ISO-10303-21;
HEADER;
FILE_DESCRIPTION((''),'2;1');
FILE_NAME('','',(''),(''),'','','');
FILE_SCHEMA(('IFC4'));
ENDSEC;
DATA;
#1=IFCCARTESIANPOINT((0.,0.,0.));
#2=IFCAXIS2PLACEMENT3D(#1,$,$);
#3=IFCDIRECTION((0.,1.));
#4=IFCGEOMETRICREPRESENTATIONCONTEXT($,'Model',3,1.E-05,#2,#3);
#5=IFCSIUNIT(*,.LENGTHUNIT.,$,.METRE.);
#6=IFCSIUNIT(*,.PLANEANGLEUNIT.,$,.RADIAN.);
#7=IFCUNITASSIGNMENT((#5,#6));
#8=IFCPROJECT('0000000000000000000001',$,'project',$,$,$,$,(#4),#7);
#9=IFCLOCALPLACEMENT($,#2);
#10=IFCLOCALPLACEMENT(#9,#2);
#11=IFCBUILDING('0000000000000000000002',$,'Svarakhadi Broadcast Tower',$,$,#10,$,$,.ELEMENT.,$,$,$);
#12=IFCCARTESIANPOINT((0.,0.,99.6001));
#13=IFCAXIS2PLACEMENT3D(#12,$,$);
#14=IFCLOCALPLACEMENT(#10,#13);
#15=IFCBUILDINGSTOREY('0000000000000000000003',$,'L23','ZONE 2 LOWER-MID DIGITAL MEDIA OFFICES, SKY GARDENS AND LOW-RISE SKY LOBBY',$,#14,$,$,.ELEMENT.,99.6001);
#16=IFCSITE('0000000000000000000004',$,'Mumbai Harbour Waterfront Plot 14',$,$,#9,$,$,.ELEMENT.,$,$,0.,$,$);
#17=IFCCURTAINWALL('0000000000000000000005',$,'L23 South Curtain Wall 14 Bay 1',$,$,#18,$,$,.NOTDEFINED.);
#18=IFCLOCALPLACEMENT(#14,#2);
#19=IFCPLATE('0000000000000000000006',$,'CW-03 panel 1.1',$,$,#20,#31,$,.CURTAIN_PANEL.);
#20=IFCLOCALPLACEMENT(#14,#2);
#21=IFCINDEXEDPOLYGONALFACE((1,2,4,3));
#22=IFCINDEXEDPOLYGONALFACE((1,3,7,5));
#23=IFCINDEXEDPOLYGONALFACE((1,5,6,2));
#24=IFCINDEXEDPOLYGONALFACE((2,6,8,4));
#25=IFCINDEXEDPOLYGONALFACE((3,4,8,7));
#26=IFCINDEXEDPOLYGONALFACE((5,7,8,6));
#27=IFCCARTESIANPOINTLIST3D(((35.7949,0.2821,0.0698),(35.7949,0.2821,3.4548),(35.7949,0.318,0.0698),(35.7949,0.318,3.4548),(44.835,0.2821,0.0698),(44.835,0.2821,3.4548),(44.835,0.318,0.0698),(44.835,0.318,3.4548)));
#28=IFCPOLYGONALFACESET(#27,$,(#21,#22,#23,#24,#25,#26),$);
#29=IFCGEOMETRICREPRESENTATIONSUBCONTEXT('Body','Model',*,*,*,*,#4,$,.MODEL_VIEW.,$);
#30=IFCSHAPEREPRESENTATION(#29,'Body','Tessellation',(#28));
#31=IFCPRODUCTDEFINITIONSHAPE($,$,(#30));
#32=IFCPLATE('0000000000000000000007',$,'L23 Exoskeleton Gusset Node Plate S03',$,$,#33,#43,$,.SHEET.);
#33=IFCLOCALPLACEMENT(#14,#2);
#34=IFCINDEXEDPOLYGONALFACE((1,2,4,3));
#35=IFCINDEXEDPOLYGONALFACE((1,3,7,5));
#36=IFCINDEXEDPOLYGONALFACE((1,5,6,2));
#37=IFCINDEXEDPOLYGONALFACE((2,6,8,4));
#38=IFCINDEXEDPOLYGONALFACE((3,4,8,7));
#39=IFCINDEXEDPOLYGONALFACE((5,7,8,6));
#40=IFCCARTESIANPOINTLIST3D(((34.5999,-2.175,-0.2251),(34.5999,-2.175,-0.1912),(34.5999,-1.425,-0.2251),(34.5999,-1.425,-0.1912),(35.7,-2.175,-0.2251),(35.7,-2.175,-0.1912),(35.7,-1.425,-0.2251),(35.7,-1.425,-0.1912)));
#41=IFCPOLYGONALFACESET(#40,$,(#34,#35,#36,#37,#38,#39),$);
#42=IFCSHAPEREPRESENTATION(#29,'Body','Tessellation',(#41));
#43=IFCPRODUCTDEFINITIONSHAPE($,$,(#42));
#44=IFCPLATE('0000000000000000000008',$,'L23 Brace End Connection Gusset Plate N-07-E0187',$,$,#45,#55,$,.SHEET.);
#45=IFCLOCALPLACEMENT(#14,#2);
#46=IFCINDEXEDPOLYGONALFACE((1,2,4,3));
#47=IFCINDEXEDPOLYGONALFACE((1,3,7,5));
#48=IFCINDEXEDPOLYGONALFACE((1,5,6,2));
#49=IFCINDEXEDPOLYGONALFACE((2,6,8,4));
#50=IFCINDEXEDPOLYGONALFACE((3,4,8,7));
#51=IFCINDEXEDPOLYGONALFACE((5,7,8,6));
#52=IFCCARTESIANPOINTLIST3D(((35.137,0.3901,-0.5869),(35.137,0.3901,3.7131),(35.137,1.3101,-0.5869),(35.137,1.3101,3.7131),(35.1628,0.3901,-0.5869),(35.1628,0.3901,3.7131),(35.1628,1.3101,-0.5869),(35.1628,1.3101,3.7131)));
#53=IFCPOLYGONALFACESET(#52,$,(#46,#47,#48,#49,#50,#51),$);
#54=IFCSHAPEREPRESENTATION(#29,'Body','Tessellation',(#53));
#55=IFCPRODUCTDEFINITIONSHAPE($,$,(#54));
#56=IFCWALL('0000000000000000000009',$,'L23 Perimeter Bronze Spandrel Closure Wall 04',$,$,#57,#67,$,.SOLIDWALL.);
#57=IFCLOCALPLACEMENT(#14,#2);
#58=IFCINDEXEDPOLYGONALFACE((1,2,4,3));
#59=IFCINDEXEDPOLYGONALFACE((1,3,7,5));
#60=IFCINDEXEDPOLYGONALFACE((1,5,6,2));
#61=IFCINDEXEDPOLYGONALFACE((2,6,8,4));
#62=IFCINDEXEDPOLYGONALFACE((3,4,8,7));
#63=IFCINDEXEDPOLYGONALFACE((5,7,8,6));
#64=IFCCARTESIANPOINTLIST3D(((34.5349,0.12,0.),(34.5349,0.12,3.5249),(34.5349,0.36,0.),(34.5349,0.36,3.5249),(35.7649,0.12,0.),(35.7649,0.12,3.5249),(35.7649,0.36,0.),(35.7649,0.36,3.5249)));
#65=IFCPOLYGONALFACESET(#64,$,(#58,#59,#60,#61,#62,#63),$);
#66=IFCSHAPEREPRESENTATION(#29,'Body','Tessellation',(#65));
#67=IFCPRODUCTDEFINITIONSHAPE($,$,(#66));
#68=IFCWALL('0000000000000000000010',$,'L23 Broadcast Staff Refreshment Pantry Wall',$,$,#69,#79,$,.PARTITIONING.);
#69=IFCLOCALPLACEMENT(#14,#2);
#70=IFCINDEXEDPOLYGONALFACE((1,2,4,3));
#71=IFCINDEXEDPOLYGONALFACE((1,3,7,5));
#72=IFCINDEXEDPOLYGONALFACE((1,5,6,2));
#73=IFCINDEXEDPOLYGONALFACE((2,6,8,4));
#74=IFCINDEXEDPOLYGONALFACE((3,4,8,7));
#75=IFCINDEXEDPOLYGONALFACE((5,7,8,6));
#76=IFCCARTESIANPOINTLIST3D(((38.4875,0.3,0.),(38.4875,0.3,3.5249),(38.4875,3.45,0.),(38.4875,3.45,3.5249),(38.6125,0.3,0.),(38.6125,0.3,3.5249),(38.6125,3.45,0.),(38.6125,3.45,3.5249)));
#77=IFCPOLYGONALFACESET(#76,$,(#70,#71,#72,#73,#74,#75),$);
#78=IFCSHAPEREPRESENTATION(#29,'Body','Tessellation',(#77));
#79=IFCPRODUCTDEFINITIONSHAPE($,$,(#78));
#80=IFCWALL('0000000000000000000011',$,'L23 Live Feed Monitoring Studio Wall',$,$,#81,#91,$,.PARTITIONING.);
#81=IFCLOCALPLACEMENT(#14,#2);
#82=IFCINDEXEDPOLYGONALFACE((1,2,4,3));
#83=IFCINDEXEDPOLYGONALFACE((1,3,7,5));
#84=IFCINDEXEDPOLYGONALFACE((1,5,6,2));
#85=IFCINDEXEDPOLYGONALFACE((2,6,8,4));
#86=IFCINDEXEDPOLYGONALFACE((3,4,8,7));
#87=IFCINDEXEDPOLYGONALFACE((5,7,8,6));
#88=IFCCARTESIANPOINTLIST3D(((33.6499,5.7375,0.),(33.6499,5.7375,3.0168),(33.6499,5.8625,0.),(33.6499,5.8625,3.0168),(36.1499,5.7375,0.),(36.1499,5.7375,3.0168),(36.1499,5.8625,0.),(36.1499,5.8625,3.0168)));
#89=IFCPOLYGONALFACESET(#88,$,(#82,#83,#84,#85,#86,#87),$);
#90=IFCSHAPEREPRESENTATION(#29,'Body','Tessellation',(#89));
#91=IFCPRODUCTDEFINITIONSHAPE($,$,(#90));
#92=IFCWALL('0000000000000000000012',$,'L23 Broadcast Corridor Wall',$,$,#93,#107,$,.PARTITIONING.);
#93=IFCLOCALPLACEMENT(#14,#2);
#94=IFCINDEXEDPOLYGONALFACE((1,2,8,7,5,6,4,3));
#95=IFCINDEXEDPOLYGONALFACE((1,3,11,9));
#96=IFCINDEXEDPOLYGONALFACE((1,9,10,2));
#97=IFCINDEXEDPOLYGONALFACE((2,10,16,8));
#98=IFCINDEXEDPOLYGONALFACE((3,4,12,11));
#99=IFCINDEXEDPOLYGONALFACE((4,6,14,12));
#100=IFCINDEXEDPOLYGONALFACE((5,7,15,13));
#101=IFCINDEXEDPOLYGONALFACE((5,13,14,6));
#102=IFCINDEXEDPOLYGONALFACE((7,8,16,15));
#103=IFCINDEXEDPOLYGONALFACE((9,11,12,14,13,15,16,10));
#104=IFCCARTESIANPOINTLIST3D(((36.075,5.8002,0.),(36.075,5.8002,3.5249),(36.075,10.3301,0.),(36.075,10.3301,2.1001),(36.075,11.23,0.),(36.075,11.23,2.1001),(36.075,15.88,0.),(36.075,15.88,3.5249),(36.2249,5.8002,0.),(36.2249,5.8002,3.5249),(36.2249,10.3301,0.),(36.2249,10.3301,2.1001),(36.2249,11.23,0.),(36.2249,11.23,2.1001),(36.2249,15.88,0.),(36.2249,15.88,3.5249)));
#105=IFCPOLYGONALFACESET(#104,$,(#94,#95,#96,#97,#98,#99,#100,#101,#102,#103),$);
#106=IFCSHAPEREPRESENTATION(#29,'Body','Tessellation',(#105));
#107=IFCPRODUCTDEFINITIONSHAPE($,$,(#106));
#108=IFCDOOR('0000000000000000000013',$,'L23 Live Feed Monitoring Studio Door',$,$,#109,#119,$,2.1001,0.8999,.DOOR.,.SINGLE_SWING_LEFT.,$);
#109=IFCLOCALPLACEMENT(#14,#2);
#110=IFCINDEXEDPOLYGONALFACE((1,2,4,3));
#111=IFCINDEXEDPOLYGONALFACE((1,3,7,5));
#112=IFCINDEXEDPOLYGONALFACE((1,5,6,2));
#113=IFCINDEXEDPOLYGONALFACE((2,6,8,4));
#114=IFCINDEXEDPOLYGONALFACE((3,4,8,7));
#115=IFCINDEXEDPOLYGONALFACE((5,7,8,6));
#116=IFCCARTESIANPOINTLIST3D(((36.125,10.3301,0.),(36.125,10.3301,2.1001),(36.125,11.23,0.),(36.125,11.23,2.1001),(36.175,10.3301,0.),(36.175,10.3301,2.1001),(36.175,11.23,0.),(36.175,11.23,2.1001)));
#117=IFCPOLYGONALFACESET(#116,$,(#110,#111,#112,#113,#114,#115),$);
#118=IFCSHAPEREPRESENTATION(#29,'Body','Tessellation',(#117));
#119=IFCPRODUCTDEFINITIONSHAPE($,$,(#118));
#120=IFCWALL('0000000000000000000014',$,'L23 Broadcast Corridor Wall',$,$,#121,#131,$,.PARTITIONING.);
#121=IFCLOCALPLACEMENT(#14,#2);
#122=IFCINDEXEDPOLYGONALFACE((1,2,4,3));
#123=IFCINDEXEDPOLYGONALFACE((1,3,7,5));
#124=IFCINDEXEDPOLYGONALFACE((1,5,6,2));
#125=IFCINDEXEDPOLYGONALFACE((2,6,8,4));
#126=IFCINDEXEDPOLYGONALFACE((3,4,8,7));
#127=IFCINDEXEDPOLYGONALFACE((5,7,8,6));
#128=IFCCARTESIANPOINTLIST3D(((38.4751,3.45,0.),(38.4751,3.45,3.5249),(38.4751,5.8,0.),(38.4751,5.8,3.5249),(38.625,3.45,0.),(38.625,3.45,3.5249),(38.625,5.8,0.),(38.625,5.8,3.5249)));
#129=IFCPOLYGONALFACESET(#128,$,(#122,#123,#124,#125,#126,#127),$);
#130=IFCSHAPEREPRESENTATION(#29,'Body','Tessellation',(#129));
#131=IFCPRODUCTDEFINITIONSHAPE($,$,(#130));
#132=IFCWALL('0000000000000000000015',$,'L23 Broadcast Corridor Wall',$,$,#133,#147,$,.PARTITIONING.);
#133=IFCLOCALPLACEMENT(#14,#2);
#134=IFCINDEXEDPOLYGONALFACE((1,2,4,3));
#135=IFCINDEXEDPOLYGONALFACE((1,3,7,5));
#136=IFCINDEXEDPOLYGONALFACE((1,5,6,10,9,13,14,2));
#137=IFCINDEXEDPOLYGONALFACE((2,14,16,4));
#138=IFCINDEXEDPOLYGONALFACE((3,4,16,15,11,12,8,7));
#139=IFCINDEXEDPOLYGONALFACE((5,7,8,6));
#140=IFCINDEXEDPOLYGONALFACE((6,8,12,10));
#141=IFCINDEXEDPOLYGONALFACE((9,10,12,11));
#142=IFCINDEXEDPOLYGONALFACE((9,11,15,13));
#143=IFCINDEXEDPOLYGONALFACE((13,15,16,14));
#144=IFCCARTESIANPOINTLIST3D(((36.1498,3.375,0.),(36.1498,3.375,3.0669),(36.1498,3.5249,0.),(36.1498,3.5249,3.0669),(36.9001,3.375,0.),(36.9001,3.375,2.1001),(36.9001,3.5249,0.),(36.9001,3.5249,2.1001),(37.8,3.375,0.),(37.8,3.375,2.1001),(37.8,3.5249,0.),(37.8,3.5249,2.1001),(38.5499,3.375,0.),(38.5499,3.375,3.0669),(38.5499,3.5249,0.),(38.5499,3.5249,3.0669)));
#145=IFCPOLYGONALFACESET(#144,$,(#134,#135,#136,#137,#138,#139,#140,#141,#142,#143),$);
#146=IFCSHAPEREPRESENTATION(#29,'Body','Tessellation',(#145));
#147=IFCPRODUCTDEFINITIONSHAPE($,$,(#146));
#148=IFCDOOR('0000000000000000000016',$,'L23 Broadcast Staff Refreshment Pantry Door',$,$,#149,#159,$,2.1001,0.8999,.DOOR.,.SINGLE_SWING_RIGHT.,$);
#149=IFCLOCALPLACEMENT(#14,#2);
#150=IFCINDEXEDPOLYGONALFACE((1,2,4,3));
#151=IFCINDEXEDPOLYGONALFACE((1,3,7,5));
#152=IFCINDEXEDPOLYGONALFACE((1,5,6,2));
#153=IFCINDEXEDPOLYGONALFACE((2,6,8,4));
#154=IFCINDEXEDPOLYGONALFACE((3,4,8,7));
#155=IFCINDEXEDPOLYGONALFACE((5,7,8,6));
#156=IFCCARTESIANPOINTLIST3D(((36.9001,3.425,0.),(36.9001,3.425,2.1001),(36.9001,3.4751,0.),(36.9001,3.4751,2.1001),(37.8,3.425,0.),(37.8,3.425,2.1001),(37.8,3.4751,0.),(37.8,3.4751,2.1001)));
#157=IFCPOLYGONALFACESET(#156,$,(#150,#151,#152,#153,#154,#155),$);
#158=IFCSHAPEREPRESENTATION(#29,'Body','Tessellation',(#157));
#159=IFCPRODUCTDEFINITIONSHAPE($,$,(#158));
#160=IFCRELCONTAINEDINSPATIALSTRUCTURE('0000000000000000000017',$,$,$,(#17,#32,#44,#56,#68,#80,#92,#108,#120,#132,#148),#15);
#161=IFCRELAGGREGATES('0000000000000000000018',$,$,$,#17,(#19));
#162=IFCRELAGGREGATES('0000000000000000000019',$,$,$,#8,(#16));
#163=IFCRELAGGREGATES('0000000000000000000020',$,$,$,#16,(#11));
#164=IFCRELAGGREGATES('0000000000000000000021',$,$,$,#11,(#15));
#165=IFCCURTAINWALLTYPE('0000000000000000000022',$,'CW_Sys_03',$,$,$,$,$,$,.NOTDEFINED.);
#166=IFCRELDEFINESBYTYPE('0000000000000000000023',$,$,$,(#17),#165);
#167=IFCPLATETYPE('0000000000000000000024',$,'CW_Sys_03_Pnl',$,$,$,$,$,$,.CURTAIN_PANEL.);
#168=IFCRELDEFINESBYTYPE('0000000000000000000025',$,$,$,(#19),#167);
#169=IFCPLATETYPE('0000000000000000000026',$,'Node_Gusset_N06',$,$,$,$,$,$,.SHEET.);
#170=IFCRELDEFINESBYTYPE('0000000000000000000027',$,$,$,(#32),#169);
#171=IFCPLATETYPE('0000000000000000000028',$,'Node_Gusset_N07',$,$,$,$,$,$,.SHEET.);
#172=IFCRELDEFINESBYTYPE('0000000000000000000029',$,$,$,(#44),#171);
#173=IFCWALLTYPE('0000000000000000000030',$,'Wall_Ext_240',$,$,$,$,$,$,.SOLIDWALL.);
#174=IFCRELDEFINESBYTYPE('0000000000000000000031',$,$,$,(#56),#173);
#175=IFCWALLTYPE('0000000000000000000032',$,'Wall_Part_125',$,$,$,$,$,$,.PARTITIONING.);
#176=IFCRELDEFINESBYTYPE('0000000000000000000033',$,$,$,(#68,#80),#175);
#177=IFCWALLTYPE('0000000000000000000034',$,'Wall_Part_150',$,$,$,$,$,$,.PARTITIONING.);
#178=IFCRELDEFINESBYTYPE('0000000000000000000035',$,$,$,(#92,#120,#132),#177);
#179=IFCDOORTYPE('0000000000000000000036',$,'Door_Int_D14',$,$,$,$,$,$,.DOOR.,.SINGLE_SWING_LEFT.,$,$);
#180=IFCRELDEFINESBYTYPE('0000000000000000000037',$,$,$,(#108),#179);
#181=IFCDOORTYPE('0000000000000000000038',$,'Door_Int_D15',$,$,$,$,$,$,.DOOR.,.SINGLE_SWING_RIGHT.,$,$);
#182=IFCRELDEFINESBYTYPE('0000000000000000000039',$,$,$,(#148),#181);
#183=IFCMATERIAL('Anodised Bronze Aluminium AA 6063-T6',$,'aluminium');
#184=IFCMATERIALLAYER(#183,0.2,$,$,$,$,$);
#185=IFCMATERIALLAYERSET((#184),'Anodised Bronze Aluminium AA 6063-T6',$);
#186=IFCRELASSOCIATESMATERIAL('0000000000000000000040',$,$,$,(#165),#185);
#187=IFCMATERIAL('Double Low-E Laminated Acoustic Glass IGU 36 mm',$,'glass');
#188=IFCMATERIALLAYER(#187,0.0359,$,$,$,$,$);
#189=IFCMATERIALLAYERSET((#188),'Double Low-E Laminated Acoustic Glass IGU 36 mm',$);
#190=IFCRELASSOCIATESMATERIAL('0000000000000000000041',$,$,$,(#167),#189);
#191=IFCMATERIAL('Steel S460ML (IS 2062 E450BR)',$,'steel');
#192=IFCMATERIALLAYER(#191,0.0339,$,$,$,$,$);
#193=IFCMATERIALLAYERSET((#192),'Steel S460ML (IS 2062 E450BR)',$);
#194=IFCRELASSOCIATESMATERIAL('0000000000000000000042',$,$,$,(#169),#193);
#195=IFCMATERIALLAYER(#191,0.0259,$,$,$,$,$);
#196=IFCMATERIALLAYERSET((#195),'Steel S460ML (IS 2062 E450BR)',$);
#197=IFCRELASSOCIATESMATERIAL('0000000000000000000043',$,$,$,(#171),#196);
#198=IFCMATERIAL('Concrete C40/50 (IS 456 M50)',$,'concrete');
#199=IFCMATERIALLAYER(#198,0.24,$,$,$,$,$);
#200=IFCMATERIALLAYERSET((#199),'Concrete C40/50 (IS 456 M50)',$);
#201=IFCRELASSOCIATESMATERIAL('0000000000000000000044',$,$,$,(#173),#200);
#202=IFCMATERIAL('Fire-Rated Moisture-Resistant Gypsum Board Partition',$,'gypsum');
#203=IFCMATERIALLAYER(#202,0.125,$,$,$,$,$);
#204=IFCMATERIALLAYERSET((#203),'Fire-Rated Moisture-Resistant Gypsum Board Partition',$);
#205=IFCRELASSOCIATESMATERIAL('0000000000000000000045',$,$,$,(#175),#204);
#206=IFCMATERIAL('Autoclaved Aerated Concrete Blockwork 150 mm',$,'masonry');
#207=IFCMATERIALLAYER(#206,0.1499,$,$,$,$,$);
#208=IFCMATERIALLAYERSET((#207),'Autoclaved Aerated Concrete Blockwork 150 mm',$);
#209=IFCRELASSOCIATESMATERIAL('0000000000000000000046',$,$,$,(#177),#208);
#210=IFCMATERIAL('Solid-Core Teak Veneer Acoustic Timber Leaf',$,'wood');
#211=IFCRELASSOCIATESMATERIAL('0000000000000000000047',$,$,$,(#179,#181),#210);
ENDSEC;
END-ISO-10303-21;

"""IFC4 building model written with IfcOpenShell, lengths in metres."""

from ifc_helpers import new_model, si_unit, direction, frame, frame_2d, origin, origin_2d, place, context, subcontext, project, spatial, rectangle, extrude, material, layer, layer_set, type_object, element, fill, aggregate, save


model = new_model("IFC4")

# Units and contexts
model_context = context("Model", 3, precision=1e-05, world=origin(), true_north=direction((0.0, 1.0)))
body_context = subcontext(model_context, "Body", "Model", "MODEL_VIEW")
ifc_project = project(units=[si_unit("LENGTHUNIT", "METRE"), si_unit("PLANEANGLEUNIT", "RADIAN")], contexts=[model_context])

# Site, building, storey
site_placement = place(None, origin())
site = spatial("IfcSite", under=ifc_project, at=site_placement, Name="Mumbai Harbour Waterfront Plot 14", CompositionType="ELEMENT", RefElevation=0.0)
building_placement = place(site_placement, origin())
building = spatial("IfcBuilding", under=site, at=building_placement, Name="Svarakhadi Broadcast Tower", CompositionType="ELEMENT")
storey_placement = place(building_placement, frame((0.0, 0.0, 99.6001)))
storey = spatial("IfcBuildingStorey", under=building, at=storey_placement, Name="L23", Description="ZONE 2 LOWER-MID DIGITAL MEDIA OFFICES, SKY GARDENS AND LOW-RISE SKY LOBBY", CompositionType="ELEMENT", Elevation=99.6001)

# Shared definitions
ifc_material_1 = material(Name="Steel S460ML (IS 2062 E450BR)", Category="steel")

# Curtain wall
ifc_material_2 = material(Name="Anodised Bronze Aluminium AA 6063-T6", Category="aluminium")
ifc_layer_1 = layer(ifc_material_2, 0.2)
ifc_layer_set_1 = layer_set([ifc_layer_1], Name="Anodised Bronze Aluminium AA 6063-T6")
curtain_wall_type = type_object("IfcCurtainWallType", Name="CW_Sys_03", PredefinedType="NOTDEFINED", material=ifc_layer_set_1)
curtain_wall_1_placement = place(storey_placement, origin())
curtain_wall_1 = element("IfcCurtainWall", 1, at=curtain_wall_1_placement, inside=storey, type_object=curtain_wall_type, Name="L23 South Curtain Wall 14 Bay 1", PredefinedType="NOTDEFINED")

# Plate
ifc_material_3 = material(Name="Double Low-E Laminated Acoustic Glass IGU 36 mm", Category="glass")
ifc_layer_2 = layer(ifc_material_3, 0.0359)
ifc_layer_set_2 = layer_set([ifc_layer_2], Name="Double Low-E Laminated Acoustic Glass IGU 36 mm")
plate_type_1 = type_object("IfcPlateType", Name="CW_Sys_03_Pnl", PredefinedType="CURTAIN_PANEL", material=ifc_layer_set_2)
plate_1_placement = place(storey_placement, frame((40.3149, 0.3, 0.0698), z_axis=(0.0, 0.0, 1.0), x_axis=(-1.0, 0.0, 0.0)))
plate_1 = element("IfcPlate", 2, at=plate_1_placement, type_object=plate_type_1, Name="CW-03 panel 1.1", PredefinedType="CURTAIN_PANEL", context=body_context, shape_type="SweptSolid", body=[
    extrude(rectangle(XDim=9.04, YDim=0.0359, at=origin_2d()), origin(), (0.0, 0.0, 1.0), 3.385),
])
aggregate(curtain_wall_1, [plate_1])

# Plates
ifc_layer_3 = layer(ifc_material_1, 0.0339)
ifc_layer_set_3 = layer_set([ifc_layer_3], Name="Steel S460ML (IS 2062 E450BR)")
plate_type_2 = type_object("IfcPlateType", Name="Node_Gusset_N06", PredefinedType="SHEET", material=ifc_layer_set_3)
plate_2_placement = place(storey_placement, frame((35.1499, -1.8, -0.2251), z_axis=(0.0, 0.0, 1.0), x_axis=(1.0, 0.0, 0.0)))
element("IfcPlate", 3, at=plate_2_placement, inside=storey, type_object=plate_type_2, Name="L23 Exoskeleton Gusset Node Plate S03", PredefinedType="SHEET", context=body_context, shape_type="SweptSolid", body=[
    extrude(rectangle(XDim=1.1001, YDim=0.75, at=origin_2d()), origin(), (0.0, 0.0, 1.0), 0.0339),
])
ifc_layer_4 = layer(ifc_material_1, 0.0259)
ifc_layer_set_4 = layer_set([ifc_layer_4], Name="Steel S460ML (IS 2062 E450BR)")
plate_type_3 = type_object("IfcPlateType", Name="Node_Gusset_N07", PredefinedType="SHEET", material=ifc_layer_set_4)
plate_3_placement = place(storey_placement, frame((35.1499, 0.8501, -0.5869), z_axis=(0.0, 0.0, 1.0), x_axis=(0.0, 1.0, 0.0)))
element("IfcPlate", 4, at=plate_3_placement, inside=storey, type_object=plate_type_3, Name="L23 Brace End Connection Gusset Plate N-07-E0187", PredefinedType="SHEET", context=body_context, shape_type="SweptSolid", body=[
    extrude(rectangle(XDim=0.9199, YDim=0.0259, at=origin_2d()), origin(), (0.0, 0.0, 1.0), 4.3),
])

# Walls
ifc_material_4 = material(Name="Concrete C40/50 (IS 456 M50)", Category="concrete")
ifc_layer_5 = layer(ifc_material_4, 0.24)
ifc_layer_set_5 = layer_set([ifc_layer_5], Name="Concrete C40/50 (IS 456 M50)")
wall_type_1 = type_object("IfcWallType", Name="Wall_Ext_240", PredefinedType="SOLIDWALL", material=ifc_layer_set_5)
wall_1_placement = place(storey_placement, frame((35.7649, 0.24, 0.0), z_axis=(0.0, 0.0, 1.0), x_axis=(-1.0, 0.0, 0.0)))
element("IfcWall", 5, at=wall_1_placement, inside=storey, type_object=wall_type_1, Name="L23 Perimeter Bronze Spandrel Closure Wall 04", PredefinedType="SOLIDWALL", context=body_context, shape_type="SweptSolid", body=[
    extrude(rectangle(XDim=1.23, YDim=0.24, at=frame_2d((0.615, 0.0))), origin(), (0.0, 0.0, 1.0), 3.5249),
])
ifc_material_5 = material(Name="Fire-Rated Moisture-Resistant Gypsum Board Partition", Category="gypsum")
ifc_layer_6 = layer(ifc_material_5, 0.125)
ifc_layer_set_6 = layer_set([ifc_layer_6], Name="Fire-Rated Moisture-Resistant Gypsum Board Partition")
wall_type_2 = type_object("IfcWallType", Name="Wall_Part_125", PredefinedType="PARTITIONING", material=ifc_layer_set_6)
wall_2_placement = place(storey_placement, frame((38.55, 0.3, 0.0), z_axis=(0.0, 0.0, 1.0), x_axis=(0.0, 1.0, 0.0)))
element("IfcWall", 6, at=wall_2_placement, inside=storey, type_object=wall_type_2, Name="L23 Broadcast Staff Refreshment Pantry Wall", PredefinedType="PARTITIONING", context=body_context, shape_type="SweptSolid", body=[
    extrude(rectangle(XDim=3.1499, YDim=0.125, at=frame_2d((1.575, 0.0))), origin(), (0.0, 0.0, 1.0), 3.5249),
])
wall_3_placement = place(storey_placement, frame((33.6499, 5.8, 0.0), z_axis=(0.0, 0.0, 1.0), x_axis=(1.0, 0.0, 0.0)))
element("IfcWall", 7, at=wall_3_placement, inside=storey, type_object=wall_type_2, Name="L23 Live Feed Monitoring Studio Wall", PredefinedType="PARTITIONING", context=body_context, shape_type="SweptSolid", body=[
    extrude(rectangle(XDim=2.5, YDim=0.125, at=frame_2d((1.25, 0.0))), origin(), (0.0, 0.0, 1.0), 3.0168),
])

# Wall, opening, door
ifc_material_6 = material(Name="Autoclaved Aerated Concrete Blockwork 150 mm", Category="masonry")
ifc_layer_7 = layer(ifc_material_6, 0.1499)
ifc_layer_set_7 = layer_set([ifc_layer_7], Name="Autoclaved Aerated Concrete Blockwork 150 mm")
wall_type_3 = type_object("IfcWallType", Name="Wall_Part_150", PredefinedType="PARTITIONING", material=ifc_layer_set_7)
wall_4_placement = place(storey_placement, frame((36.1499, 5.8, 0.0), z_axis=(0.0, 0.0, 1.0), x_axis=(0.0, 1.0, 0.0)))
wall_4 = element("IfcWall", 8, at=wall_4_placement, inside=storey, type_object=wall_type_3, Name="L23 Broadcast Corridor Wall", PredefinedType="PARTITIONING", context=body_context, shape_type="SweptSolid", body=[
    extrude(rectangle(XDim=10.0798, YDim=0.1499, at=frame_2d((5.04, 0.0))), origin(), (0.0, 0.0, 1.0), 3.5249),
])
opening_1_placement = place(wall_4_placement, frame((4.53, 0.0, 0.0)))
opening_1 = element("IfcOpeningElement", 9, at=opening_1_placement, cuts=wall_4, PredefinedType="OPENING", context=body_context, shape_type="SweptSolid", body=[
    extrude(rectangle(XDim=0.8999, YDim=2.1001, at=frame_2d((0.45, 1.05))), frame((0.0, 0.085, 0.0), z_axis=(0.0, -1.0, 0.0), x_axis=(1.0, 0.0, 0.0)), (0.0, 0.0, 1.0), 0.1699),
])
ifc_material_7 = material(Name="Solid-Core Teak Veneer Acoustic Timber Leaf", Category="wood")
door_type_1 = type_object("IfcDoorType", Name="Door_Int_D14", OperationType="SINGLE_SWING_LEFT", PredefinedType="DOOR", material=ifc_material_7)
door_1_placement = place(opening_1_placement, origin())
door_1 = element("IfcDoor", 10, at=door_1_placement, inside=storey, type_object=door_type_1, Name="L23 Live Feed Monitoring Studio Door", OperationType="SINGLE_SWING_LEFT", OverallHeight=2.1001, OverallWidth=0.8999, PredefinedType="DOOR", context=body_context, shape_type="SweptSolid", body=[
    extrude(rectangle(XDim=0.8999, YDim=2.1001, at=frame_2d((0.45, 1.05))), frame((0.0, 0.0249, 0.0), z_axis=(0.0, -1.0, 0.0), x_axis=(1.0, 0.0, 0.0)), (0.0, 0.0, 1.0), 0.05),
])
fill(opening_1, door_1)

# Wall
wall_5_placement = place(storey_placement, frame((38.55, 5.8, 0.0), z_axis=(0.0, 0.0, 1.0), x_axis=(0.0, -1.0, 0.0)))
element("IfcWall", 11, at=wall_5_placement, inside=storey, type_object=wall_type_3, Name="L23 Broadcast Corridor Wall", PredefinedType="PARTITIONING", context=body_context, shape_type="SweptSolid", body=[
    extrude(rectangle(XDim=2.3501, YDim=0.1499, at=frame_2d((1.175, 0.0))), origin(), (0.0, 0.0, 1.0), 3.5249),
])

# Wall, opening, door
wall_6_placement = place(storey_placement, frame((38.55, 3.45, 0.0), z_axis=(0.0, 0.0, 1.0), x_axis=(-1.0, 0.0, 0.0)))
wall_6 = element("IfcWall", 12, at=wall_6_placement, inside=storey, type_object=wall_type_3, Name="L23 Broadcast Corridor Wall", PredefinedType="PARTITIONING", context=body_context, shape_type="SweptSolid", body=[
    extrude(rectangle(XDim=2.4001, YDim=0.1499, at=frame_2d((1.2002, 0.0))), origin(), (0.0, 0.0, 1.0), 3.0669),
])
opening_2_placement = place(wall_6_placement, frame((0.75, 0.0, 0.0)))
opening_2 = element("IfcOpeningElement", 13, at=opening_2_placement, cuts=wall_6, PredefinedType="OPENING", context=body_context, shape_type="SweptSolid", body=[
    extrude(rectangle(XDim=0.8999, YDim=2.1001, at=frame_2d((0.45, 1.05))), frame((0.0, 0.085, 0.0), z_axis=(0.0, -1.0, 0.0), x_axis=(1.0, 0.0, 0.0)), (0.0, 0.0, 1.0), 0.1699),
])
door_type_2 = type_object("IfcDoorType", Name="Door_Int_D15", OperationType="SINGLE_SWING_RIGHT", PredefinedType="DOOR", material=ifc_material_7)
door_2_placement = place(opening_2_placement, origin())
door_2 = element("IfcDoor", 14, at=door_2_placement, inside=storey, type_object=door_type_2, Name="L23 Broadcast Staff Refreshment Pantry Door", OperationType="SINGLE_SWING_RIGHT", OverallHeight=2.1001, OverallWidth=0.8999, PredefinedType="DOOR", context=body_context, shape_type="SweptSolid", body=[
    extrude(rectangle(XDim=0.8999, YDim=2.1001, at=frame_2d((0.45, 1.05))), frame((0.0, 0.0249, 0.0), z_axis=(0.0, -1.0, 0.0), x_axis=(1.0, 0.0, 0.0)), (0.0, 0.0, 1.0), 0.05),
])
fill(opening_2, door_2)

save(model, "model.ifc")
